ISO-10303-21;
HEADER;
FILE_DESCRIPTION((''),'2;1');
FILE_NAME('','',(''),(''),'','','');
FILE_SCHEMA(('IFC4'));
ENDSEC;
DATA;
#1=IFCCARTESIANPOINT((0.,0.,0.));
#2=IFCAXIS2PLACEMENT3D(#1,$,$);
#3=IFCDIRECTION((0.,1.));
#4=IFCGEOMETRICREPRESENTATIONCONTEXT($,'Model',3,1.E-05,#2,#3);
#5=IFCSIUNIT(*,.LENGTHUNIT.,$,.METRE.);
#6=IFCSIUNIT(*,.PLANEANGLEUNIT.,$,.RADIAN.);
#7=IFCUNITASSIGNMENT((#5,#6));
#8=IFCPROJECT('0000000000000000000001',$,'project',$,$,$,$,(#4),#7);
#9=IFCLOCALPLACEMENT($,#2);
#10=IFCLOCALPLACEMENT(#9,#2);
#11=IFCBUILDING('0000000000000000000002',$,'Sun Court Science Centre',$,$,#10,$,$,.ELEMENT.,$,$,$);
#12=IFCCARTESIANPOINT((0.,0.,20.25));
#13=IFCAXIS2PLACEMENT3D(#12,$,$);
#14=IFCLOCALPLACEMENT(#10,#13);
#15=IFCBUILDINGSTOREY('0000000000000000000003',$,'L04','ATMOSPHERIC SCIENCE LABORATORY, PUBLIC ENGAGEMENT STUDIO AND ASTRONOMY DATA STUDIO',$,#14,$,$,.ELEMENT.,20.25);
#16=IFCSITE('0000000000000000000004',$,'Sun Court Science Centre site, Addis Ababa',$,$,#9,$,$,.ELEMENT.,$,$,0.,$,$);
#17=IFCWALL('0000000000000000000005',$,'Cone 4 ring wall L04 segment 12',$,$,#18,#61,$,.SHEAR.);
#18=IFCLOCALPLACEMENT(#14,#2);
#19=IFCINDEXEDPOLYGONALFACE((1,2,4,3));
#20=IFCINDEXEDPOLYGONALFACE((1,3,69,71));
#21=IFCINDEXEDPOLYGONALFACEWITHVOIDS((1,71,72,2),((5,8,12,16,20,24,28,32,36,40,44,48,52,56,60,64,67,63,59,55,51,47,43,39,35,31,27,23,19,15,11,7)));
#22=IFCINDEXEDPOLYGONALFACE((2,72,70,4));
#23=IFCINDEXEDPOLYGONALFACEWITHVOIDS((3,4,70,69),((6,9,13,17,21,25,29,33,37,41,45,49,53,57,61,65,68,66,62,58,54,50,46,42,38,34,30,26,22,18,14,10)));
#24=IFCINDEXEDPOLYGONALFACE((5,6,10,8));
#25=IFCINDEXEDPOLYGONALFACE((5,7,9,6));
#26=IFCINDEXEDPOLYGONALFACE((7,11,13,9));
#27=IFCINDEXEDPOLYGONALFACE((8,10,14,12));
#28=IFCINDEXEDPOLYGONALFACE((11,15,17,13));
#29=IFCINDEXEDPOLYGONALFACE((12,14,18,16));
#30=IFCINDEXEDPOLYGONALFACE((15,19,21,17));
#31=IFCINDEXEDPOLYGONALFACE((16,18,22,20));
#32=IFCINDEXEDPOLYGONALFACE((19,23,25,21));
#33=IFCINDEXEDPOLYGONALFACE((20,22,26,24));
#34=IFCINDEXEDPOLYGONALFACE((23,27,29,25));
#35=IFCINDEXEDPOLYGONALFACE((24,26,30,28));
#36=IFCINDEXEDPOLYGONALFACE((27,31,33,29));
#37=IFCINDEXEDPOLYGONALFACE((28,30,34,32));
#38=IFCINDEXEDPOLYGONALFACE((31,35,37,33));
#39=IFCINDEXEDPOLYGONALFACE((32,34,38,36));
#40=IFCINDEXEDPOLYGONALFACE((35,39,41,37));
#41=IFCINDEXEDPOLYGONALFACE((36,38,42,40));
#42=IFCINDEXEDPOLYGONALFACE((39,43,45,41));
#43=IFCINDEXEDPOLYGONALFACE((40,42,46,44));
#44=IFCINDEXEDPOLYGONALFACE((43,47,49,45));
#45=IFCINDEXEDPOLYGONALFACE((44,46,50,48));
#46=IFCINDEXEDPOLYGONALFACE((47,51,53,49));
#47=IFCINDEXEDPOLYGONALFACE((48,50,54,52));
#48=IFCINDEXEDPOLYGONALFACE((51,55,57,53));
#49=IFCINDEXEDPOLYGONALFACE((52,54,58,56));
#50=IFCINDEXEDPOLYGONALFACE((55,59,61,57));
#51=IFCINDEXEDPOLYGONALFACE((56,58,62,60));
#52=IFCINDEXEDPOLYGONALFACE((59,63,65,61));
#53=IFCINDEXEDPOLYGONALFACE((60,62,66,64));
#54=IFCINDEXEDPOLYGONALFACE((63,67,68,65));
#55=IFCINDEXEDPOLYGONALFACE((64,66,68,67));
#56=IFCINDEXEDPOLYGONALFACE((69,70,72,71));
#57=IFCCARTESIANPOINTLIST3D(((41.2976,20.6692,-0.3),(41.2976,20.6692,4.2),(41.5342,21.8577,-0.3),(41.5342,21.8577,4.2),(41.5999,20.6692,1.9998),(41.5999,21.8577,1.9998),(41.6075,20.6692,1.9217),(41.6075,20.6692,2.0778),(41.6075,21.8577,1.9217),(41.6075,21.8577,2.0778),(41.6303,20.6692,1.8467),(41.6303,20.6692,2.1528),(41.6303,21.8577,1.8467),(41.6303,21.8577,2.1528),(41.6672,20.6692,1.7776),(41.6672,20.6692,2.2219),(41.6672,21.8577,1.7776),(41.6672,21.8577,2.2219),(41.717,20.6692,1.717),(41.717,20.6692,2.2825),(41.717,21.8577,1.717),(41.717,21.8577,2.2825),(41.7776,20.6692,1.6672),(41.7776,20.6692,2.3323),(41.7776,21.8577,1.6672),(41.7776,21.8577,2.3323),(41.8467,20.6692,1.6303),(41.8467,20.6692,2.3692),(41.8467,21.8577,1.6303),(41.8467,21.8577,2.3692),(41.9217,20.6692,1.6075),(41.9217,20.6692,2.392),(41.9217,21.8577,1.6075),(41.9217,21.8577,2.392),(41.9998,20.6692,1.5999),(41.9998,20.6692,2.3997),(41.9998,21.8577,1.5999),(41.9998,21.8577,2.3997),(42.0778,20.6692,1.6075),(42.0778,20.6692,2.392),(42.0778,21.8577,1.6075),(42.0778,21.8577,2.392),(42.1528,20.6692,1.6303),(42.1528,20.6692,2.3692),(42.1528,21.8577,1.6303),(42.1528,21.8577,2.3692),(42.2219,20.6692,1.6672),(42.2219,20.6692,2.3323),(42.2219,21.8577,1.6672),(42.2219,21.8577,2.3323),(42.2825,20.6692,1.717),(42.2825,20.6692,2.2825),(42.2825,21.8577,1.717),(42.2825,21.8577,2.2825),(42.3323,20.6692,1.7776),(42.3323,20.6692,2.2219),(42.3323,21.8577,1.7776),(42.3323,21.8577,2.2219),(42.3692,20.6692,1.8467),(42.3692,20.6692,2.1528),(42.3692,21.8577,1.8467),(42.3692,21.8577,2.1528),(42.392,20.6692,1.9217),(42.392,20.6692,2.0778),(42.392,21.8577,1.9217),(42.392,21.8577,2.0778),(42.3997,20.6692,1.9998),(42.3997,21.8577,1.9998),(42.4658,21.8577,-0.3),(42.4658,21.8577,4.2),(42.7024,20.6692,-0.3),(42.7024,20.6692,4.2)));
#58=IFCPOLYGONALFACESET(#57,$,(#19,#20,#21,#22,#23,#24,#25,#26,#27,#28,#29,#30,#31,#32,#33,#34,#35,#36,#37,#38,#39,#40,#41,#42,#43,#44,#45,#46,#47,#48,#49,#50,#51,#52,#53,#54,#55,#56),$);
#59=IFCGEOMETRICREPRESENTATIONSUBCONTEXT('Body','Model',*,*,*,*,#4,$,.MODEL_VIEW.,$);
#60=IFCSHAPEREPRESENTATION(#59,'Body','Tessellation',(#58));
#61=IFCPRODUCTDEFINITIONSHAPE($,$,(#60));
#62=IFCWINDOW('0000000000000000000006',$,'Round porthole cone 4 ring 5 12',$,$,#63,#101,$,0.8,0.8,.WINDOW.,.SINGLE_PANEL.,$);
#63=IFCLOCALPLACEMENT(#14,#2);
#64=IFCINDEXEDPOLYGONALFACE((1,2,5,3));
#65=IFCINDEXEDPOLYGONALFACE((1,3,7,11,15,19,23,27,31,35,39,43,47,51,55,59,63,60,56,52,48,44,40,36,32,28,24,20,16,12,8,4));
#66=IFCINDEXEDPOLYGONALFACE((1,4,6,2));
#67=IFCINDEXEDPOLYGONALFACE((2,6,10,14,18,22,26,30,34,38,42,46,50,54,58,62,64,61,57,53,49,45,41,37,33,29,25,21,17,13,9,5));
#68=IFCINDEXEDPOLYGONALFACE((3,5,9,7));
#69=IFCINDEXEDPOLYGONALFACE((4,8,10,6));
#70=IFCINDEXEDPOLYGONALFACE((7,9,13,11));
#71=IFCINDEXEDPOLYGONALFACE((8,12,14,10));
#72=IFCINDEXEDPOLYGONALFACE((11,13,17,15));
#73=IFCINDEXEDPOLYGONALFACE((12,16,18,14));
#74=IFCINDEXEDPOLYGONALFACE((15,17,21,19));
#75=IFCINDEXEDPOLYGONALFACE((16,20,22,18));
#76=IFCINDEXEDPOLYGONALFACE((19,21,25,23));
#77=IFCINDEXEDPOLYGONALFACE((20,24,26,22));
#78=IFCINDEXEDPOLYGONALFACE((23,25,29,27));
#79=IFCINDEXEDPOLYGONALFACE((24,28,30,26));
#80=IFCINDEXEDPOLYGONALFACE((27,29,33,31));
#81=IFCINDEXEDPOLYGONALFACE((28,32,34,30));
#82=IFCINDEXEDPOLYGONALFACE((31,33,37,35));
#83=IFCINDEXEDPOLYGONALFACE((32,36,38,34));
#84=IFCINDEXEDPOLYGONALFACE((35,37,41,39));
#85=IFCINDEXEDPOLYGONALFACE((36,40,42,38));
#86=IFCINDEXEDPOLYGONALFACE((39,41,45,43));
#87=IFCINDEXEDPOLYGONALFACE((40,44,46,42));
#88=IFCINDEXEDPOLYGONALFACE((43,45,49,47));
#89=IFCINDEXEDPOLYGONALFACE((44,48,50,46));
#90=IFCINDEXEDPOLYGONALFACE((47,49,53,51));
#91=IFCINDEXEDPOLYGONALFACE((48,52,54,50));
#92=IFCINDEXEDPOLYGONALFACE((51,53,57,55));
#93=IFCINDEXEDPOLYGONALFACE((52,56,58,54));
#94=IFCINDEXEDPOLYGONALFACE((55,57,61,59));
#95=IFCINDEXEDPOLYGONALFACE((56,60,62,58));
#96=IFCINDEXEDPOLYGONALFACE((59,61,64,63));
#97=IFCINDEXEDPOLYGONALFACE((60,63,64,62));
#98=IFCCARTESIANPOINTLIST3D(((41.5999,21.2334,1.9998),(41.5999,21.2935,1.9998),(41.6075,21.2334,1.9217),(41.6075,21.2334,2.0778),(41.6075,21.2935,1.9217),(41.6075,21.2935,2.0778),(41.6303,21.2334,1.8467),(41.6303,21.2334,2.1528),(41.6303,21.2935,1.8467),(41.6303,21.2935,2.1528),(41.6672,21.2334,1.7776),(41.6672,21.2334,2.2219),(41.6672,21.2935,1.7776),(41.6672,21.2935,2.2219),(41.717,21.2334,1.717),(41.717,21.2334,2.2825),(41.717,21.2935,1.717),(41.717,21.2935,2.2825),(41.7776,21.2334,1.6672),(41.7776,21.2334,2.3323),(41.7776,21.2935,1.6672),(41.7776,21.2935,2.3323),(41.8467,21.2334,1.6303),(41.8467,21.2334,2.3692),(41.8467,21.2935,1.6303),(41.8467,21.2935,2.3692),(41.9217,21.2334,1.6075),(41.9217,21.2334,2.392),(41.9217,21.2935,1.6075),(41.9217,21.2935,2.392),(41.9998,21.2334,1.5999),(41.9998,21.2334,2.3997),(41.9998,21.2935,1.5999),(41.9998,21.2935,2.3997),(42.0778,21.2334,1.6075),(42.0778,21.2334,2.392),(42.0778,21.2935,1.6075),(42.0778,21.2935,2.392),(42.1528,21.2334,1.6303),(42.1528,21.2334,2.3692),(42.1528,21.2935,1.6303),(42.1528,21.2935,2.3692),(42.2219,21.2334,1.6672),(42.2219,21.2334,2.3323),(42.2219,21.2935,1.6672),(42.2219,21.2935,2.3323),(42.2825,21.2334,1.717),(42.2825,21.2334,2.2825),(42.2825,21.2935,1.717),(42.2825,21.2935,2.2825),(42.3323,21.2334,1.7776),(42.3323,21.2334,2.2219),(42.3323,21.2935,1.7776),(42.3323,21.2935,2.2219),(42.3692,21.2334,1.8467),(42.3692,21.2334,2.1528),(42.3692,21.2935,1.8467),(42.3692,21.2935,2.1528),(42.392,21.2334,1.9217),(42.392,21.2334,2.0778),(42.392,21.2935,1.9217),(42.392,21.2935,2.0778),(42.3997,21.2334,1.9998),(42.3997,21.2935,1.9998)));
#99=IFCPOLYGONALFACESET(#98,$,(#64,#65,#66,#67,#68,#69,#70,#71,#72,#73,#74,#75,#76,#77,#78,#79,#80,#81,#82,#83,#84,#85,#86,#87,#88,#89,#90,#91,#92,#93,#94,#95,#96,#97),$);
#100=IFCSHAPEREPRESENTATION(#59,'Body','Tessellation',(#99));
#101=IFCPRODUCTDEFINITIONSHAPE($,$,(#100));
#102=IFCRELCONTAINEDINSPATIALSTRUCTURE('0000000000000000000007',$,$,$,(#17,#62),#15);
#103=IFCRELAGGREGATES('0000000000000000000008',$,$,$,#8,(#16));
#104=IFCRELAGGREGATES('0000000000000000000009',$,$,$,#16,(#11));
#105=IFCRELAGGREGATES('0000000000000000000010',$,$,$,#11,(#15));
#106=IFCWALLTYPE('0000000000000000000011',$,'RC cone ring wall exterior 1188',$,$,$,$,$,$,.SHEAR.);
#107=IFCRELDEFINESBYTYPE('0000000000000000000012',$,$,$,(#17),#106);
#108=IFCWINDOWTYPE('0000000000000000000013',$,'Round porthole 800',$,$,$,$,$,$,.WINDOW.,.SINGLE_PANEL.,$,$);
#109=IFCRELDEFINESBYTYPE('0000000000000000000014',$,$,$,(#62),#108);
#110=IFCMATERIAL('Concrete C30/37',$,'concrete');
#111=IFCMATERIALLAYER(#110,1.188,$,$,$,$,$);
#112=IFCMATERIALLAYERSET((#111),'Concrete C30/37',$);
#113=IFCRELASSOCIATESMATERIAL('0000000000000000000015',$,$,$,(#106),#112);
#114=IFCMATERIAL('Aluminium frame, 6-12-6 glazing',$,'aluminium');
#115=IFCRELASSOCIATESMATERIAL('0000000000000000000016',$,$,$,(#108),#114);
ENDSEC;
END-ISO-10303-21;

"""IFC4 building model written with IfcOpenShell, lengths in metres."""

from ifc_helpers import new_model, si_unit, direction, frame, frame_2d, origin, place, context, subcontext, project, spatial, polyline, circle, outline, extrude, material, layer, layer_set, type_object, element, fill, save


model = new_model("IFC4")

# Units and contexts
model_context = context("Model", 3, precision=1e-05, world=origin(), true_north=direction((0.0, 1.0)))
body_context = subcontext(model_context, "Body", "Model", "MODEL_VIEW")
ifc_project = project(units=[si_unit("LENGTHUNIT", "METRE"), si_unit("PLANEANGLEUNIT", "RADIAN")], contexts=[model_context])

# Site, building, storey
site_placement = place(None, origin())
site = spatial("IfcSite", under=ifc_project, at=site_placement, Name="Sun Court Science Centre site, Addis Ababa", CompositionType="ELEMENT", RefElevation=0.0)
building_placement = place(site_placement, origin())
building = spatial("IfcBuilding", under=site, at=building_placement, Name="Sun Court Science Centre", CompositionType="ELEMENT")
storey_placement = place(building_placement, frame((0.0, 0.0, 20.25)))
storey = spatial("IfcBuildingStorey", under=building, at=storey_placement, Name="L04", Description="ATMOSPHERIC SCIENCE LABORATORY, PUBLIC ENGAGEMENT STUDIO AND ASTRONOMY DATA STUDIO", CompositionType="ELEMENT", Elevation=20.25)

# Wall, opening, window
ifc_material_1 = material(Name="Concrete C30/37", Category="concrete")
ifc_layer_1 = layer(ifc_material_1, 1.188)
ifc_layer_set_1 = layer_set([ifc_layer_1], Name="Concrete C30/37")
wall_type_1 = type_object("IfcWallType", Name="RC cone ring wall exterior 1188", PredefinedType="SHEAR", material=ifc_layer_set_1)
ifc_material_2 = material(Name="Aluminium frame, 6-12-6 glazing", Category="aluminium")
window_type = type_object("IfcWindowType", Name="Round porthole 800", PartitioningType="SINGLE_PANEL", PredefinedType="WINDOW", material=ifc_material_2)
wall_1_placement = place(storey_placement, frame((41.2976, 21.2634, -0.3), z_axis=(0.0, 0.0, 1.0), x_axis=(1.0, 0.0, 0.0)))
wall_1 = element("IfcWall", 1, at=wall_1_placement, inside=storey, type_object=wall_type_1, Name="Cone 4 ring wall L04 segment 12", PredefinedType="SHEAR", context=body_context, shape_type="SweptSolid", body=[
    extrude(outline(polyline([(0.0, -0.5942), (1.4048, -0.5942), (1.1682, 0.5942), (0.2366, 0.5942), (0.0, -0.5942)])), origin(), (0.0, 0.0, 1.0), 4.5),
])
opening_1_placement = place(wall_1_placement, frame((0.3022, 0.0, 1.8999)))
opening_1 = element("IfcOpeningElement", 2, at=opening_1_placement, cuts=wall_1, PredefinedType="OPENING", context=body_context, shape_type="SweptSolid", body=[
    extrude(circle(Radius=0.3999, at=frame_2d((0.3999, 0.3999))), frame((0.0, 0.6042, 0.0), z_axis=(0.0, -1.0, 0.0), x_axis=(1.0, 0.0, 0.0)), (0.0, 0.0, 1.0), 1.2085),
])
window_1_placement = place(opening_1_placement, origin())
window_1 = element("IfcWindow", 3, at=window_1_placement, inside=storey, type_object=window_type, Name="Round porthole cone 4 ring 5 12", OverallHeight=0.8, OverallWidth=0.8, PartitioningType="SINGLE_PANEL", PredefinedType="WINDOW", context=body_context, shape_type="SweptSolid", body=[
    extrude(circle(Radius=0.3999, at=frame_2d((0.3999, 0.3999))), frame((0.0, 0.03, 0.0), z_axis=(0.0, -1.0, 0.0), x_axis=(1.0, 0.0, 0.0)), (0.0, 0.0, 1.0), 0.0601),
])
fill(opening_1, window_1)

save(model, "model.ifc")
